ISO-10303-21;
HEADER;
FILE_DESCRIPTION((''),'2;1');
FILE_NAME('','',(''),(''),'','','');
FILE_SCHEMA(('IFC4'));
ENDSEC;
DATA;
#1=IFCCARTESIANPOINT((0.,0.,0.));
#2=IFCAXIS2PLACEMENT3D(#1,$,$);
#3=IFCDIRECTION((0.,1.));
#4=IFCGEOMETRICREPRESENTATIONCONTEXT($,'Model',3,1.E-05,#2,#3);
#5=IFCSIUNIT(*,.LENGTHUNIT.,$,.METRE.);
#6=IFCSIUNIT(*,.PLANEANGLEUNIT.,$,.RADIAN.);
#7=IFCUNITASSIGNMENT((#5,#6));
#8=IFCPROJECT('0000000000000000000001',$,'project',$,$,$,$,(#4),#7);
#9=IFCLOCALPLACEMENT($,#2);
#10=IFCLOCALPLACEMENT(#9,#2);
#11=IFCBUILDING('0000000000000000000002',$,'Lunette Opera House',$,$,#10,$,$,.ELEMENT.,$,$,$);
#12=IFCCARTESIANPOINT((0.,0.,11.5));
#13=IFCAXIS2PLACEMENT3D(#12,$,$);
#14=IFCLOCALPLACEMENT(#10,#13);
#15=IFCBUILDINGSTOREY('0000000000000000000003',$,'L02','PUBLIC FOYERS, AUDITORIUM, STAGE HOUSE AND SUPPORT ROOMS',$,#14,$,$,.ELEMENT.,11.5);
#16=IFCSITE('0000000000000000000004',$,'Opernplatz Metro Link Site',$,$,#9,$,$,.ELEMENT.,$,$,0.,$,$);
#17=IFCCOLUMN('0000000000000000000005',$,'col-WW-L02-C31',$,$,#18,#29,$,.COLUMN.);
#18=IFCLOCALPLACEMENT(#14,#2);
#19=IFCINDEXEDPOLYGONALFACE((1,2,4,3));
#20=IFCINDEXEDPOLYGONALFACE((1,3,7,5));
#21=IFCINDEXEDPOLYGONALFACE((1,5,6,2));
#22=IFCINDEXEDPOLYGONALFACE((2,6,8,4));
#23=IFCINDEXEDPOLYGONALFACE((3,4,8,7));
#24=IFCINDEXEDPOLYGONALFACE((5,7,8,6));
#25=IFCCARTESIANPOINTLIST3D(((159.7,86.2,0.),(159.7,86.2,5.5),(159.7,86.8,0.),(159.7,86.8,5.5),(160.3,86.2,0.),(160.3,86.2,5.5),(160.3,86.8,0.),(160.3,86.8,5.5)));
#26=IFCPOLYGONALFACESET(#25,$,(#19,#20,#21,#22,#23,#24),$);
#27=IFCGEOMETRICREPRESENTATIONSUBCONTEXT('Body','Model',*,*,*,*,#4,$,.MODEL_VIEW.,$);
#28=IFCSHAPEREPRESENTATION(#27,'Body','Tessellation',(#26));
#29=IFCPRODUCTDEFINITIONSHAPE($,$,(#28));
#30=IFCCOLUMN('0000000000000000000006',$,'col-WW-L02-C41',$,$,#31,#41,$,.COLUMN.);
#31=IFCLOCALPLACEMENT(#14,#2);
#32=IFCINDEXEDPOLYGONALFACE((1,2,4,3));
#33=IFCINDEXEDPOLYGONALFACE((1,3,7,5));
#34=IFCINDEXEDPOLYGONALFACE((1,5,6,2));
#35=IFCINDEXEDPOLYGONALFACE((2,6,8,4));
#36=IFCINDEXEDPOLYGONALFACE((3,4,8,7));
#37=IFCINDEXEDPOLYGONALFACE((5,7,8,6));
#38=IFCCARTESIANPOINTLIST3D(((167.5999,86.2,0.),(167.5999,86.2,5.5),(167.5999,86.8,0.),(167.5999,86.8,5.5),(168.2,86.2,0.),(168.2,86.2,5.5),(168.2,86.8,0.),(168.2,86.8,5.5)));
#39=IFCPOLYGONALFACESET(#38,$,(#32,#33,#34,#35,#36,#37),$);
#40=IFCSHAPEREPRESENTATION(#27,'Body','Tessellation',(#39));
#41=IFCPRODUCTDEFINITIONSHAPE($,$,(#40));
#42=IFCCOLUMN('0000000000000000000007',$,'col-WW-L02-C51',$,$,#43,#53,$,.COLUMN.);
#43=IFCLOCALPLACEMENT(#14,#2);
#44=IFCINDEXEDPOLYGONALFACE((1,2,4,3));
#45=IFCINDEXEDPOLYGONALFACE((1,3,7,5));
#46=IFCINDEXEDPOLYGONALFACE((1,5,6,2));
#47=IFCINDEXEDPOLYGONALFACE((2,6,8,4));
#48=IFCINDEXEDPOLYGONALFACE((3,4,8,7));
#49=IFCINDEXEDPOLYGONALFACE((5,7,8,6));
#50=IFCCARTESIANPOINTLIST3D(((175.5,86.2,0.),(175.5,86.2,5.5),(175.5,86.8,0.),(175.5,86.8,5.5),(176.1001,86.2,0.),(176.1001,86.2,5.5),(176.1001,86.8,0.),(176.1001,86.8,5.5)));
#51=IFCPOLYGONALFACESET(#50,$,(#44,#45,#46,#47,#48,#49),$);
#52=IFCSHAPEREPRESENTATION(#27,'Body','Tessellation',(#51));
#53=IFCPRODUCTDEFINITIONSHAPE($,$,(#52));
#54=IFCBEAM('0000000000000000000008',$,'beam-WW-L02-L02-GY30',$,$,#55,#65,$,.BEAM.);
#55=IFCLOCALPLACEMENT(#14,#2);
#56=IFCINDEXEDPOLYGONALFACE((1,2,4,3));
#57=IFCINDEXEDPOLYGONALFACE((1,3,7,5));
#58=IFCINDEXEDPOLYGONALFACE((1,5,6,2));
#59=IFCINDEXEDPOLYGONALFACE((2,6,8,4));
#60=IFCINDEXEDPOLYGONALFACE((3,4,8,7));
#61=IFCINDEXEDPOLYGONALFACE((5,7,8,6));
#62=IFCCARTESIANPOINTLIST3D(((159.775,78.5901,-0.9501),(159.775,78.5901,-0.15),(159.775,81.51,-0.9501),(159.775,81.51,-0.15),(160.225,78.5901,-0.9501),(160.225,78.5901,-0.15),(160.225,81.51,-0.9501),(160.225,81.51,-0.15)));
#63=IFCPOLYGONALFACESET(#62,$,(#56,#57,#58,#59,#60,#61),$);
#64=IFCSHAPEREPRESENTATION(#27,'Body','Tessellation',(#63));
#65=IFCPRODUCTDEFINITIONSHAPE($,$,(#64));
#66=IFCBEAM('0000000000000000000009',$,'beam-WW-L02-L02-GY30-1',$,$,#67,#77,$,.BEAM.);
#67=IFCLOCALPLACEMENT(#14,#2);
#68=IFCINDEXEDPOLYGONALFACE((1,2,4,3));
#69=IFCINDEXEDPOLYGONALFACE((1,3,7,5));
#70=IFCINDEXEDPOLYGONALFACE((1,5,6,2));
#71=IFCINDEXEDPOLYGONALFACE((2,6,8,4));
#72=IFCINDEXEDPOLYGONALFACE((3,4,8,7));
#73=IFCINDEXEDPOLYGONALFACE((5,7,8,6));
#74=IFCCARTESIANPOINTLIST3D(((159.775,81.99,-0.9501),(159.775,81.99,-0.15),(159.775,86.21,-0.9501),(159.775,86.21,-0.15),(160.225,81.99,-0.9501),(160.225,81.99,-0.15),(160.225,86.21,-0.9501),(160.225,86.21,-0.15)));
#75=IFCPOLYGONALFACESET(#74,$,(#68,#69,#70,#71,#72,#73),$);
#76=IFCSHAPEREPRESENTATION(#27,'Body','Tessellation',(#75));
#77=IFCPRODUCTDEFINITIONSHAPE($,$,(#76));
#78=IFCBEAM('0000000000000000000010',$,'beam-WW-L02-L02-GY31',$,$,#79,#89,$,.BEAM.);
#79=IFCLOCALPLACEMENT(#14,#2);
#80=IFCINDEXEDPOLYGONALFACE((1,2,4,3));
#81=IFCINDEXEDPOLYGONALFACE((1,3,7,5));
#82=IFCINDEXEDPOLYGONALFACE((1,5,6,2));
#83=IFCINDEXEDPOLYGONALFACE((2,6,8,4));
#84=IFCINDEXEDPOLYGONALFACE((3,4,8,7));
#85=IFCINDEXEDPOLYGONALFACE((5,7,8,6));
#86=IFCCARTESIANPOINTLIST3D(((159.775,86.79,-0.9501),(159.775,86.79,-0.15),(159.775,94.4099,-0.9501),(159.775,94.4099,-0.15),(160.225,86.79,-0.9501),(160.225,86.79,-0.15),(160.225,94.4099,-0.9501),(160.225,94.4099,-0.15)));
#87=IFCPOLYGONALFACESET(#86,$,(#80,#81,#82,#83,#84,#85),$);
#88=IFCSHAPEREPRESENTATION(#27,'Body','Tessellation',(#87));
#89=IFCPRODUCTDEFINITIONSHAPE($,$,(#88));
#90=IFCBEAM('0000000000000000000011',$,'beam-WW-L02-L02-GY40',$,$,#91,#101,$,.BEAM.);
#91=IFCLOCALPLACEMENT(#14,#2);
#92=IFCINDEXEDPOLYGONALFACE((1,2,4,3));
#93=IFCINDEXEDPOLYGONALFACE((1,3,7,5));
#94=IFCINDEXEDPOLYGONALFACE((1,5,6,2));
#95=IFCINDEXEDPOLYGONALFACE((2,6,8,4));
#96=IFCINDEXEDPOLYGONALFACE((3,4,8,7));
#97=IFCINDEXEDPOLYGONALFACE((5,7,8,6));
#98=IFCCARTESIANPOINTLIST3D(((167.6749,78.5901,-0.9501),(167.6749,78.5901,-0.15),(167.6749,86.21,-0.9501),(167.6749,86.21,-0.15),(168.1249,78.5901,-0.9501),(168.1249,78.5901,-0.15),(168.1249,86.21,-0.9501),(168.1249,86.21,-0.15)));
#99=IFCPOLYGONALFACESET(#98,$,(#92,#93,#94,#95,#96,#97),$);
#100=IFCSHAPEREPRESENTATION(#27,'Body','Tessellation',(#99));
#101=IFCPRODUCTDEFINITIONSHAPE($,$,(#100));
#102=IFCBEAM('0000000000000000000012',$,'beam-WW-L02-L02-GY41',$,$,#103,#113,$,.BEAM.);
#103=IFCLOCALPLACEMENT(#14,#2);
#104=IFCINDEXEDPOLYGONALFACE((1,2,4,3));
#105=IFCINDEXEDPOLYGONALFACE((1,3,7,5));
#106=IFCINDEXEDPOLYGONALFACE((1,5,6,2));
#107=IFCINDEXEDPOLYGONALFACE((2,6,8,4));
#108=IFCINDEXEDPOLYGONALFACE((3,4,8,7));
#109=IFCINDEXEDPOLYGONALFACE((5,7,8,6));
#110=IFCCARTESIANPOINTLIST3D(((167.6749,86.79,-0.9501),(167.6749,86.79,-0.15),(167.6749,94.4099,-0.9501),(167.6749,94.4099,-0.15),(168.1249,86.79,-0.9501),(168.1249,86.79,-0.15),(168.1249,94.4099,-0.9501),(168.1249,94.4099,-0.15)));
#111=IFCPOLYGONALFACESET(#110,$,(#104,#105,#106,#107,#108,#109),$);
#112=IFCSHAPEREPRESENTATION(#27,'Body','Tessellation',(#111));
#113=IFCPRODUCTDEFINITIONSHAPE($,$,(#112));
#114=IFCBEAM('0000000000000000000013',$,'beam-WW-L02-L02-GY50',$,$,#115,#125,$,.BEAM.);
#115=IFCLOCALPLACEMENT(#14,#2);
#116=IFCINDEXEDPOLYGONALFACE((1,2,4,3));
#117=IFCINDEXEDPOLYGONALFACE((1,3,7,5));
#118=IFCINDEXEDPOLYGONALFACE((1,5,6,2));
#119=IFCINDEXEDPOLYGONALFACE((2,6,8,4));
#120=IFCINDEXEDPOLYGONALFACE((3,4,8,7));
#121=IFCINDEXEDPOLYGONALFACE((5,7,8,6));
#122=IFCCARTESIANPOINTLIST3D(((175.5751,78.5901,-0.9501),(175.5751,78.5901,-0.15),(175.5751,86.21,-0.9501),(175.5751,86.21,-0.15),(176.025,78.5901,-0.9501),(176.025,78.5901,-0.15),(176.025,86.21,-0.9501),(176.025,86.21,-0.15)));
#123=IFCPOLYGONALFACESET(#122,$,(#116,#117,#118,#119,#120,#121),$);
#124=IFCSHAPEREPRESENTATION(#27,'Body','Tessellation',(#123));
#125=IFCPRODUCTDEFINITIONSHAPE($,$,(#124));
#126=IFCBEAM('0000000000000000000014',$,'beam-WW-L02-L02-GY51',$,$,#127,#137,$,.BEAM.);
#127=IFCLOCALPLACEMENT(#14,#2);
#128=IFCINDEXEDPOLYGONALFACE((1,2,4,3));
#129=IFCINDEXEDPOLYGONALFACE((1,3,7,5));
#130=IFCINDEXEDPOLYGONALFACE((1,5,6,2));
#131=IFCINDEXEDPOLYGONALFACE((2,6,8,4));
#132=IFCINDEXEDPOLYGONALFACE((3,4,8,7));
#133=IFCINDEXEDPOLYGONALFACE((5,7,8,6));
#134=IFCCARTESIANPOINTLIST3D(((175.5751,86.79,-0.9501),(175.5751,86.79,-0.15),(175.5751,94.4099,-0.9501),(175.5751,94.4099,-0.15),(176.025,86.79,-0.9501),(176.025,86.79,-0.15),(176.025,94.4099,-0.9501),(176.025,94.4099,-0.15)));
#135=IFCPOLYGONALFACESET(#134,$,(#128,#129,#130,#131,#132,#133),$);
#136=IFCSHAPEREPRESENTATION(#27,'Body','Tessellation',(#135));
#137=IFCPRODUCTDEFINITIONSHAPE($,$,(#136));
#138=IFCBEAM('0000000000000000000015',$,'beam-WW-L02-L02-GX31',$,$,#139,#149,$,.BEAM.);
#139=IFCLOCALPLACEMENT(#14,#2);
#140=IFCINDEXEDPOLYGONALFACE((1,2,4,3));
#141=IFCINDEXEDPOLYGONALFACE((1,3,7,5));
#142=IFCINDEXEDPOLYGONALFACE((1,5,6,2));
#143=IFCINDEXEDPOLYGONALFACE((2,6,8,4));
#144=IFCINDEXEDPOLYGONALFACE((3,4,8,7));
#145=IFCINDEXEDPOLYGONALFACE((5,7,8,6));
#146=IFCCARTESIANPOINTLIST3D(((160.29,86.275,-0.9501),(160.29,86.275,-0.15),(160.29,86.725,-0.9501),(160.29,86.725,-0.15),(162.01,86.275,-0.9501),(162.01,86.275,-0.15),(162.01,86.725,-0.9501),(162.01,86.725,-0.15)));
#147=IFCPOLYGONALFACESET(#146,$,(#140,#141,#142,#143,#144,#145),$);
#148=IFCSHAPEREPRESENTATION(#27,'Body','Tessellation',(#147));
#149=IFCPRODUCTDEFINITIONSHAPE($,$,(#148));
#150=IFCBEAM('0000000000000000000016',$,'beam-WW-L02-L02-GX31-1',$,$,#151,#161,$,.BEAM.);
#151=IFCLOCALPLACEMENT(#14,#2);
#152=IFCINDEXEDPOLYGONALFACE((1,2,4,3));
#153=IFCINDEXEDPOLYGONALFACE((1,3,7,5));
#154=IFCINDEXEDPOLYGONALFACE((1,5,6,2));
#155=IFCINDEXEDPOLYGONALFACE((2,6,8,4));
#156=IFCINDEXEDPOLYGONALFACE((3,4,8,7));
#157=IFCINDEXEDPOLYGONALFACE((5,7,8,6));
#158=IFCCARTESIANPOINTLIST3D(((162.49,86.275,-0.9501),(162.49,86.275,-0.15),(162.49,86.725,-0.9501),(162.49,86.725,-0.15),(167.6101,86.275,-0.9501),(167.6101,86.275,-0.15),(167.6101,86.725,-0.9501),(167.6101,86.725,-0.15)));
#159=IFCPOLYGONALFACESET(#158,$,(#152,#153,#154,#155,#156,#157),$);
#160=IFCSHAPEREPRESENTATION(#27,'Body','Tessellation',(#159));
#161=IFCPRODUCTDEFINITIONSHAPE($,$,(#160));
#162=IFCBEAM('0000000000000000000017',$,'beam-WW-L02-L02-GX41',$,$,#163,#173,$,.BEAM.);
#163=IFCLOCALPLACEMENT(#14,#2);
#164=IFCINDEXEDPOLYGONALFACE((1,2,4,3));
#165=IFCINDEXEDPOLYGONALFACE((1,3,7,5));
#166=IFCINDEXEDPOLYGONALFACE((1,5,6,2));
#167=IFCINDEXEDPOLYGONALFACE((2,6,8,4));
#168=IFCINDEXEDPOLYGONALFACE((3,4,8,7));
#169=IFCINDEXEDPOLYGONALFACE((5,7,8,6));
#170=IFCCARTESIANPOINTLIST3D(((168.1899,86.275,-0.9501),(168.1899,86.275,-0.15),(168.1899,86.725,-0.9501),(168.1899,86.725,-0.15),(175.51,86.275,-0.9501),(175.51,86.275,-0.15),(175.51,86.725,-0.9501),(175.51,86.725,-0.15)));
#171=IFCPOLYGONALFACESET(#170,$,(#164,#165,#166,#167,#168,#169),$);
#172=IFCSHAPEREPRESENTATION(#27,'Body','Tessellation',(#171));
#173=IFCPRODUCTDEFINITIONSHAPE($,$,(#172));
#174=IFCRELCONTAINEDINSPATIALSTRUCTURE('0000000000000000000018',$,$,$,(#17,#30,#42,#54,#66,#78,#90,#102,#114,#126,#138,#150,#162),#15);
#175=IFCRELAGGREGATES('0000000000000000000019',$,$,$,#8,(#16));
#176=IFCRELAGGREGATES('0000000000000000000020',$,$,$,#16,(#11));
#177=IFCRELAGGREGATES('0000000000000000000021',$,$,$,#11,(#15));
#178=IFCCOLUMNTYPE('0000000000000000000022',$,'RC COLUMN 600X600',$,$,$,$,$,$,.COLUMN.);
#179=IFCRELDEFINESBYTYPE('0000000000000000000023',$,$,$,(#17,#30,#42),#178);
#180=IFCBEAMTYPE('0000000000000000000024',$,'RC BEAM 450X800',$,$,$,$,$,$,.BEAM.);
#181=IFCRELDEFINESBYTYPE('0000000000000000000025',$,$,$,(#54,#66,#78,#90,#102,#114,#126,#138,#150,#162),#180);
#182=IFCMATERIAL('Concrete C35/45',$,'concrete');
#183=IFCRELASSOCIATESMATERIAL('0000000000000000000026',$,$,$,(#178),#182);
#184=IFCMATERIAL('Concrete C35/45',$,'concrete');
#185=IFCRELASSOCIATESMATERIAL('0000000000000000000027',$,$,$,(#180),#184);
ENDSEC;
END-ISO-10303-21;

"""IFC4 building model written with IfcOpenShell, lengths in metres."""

from ifc_helpers import new_model, si_unit, direction, frame, origin, origin_2d, place, context, subcontext, project, spatial, rectangle, extrude, material, material_profile, profile_set, type_object, element, save


model = new_model("IFC4")

# Units and contexts
model_context = context("Model", 3, precision=1e-05, world=origin(), true_north=direction((0.0, 1.0)))
body_context = subcontext(model_context, "Body", "Model", "MODEL_VIEW")
ifc_project = project(units=[si_unit("LENGTHUNIT", "METRE"), si_unit("PLANEANGLEUNIT", "RADIAN")], contexts=[model_context])

# Site, building, storey
site_placement = place(None, origin())
site = spatial("IfcSite", under=ifc_project, at=site_placement, Name="Opernplatz Metro Link Site", CompositionType="ELEMENT", RefElevation=0.0)
building_placement = place(site_placement, origin())
building = spatial("IfcBuilding", under=site, at=building_placement, Name="Lunette Opera House", CompositionType="ELEMENT")
storey_placement = place(building_placement, frame((0.0, 0.0, 11.5)))
storey = spatial("IfcBuildingStorey", under=building, at=storey_placement, Name="L02", Description="PUBLIC FOYERS, AUDITORIUM, STAGE HOUSE AND SUPPORT ROOMS", CompositionType="ELEMENT", Elevation=11.5)

# Columns
ifc_material_1 = material(Name="Concrete C35/45", Category="concrete")
ifc_material_profile_1 = material_profile(ifc_material_1, rectangle(XDim=0.6001, YDim=0.6001, at=origin_2d()), Name="RC COLUMN 600X600")
ifc_profile_set_1 = profile_set([ifc_material_profile_1], Name="Concrete C35/45")
column_type = type_object("IfcColumnType", Name="RC COLUMN 600X600", PredefinedType="COLUMN", material=ifc_profile_set_1)
for number, where, z_axis, x_axis, name in (
    (1, (160.0, 86.5, 0.0), (0.0, 0.0, 1.0), (1.0, 0.0, 0.0), "col-WW-L02-C31"),
    (2, (167.8999, 86.5, 0.0), (0.0, 0.0, 1.0), (1.0, 0.0, 0.0), "col-WW-L02-C41"),
    (3, (175.8, 86.5, 0.0), (0.0, 0.0, 1.0), (1.0, 0.0, 0.0), "col-WW-L02-C51"),
):
    element("IfcColumn", number, at=place(storey_placement, frame(where, z_axis=z_axis, x_axis=x_axis)), inside=storey, type_object=column_type, Name=name, PredefinedType="COLUMN", context=body_context, shape_type="SweptSolid", body=[
        extrude(rectangle(XDim=0.6001, YDim=0.6001, at=origin_2d()), origin(), (0.0, 0.0, 1.0), 5.5),
    ])

# Beams
ifc_material_2 = material(Name="Concrete C35/45", Category="concrete")
ifc_material_profile_2 = material_profile(ifc_material_2, rectangle(XDim=0.45, YDim=0.8, at=origin_2d()), Name="RC BEAM 450X800")
ifc_profile_set_2 = profile_set([ifc_material_profile_2], Name="Concrete C35/45")
beam_type_1 = type_object("IfcBeamType", Name="RC BEAM 450X800", PredefinedType="BEAM", material=ifc_profile_set_2)
beam_1_placement = place(storey_placement, frame((160.0, 78.5901, -0.55), z_axis=(0.0, 1.0, 0.0), x_axis=(-1.0, 0.0, 0.0)))
element("IfcBeam", 4, at=beam_1_placement, inside=storey, type_object=beam_type_1, Name="beam-WW-L02-L02-GY30", PredefinedType="BEAM", context=body_context, shape_type="SweptSolid", body=[
    extrude(rectangle(XDim=0.45, YDim=0.8, at=origin_2d()), origin(), (0.0, 0.0, 1.0), 2.9199),
])
beam_2_placement = place(storey_placement, frame((160.0, 81.99, -0.55), z_axis=(0.0, 1.0, 0.0), x_axis=(-1.0, 0.0, 0.0)))
element("IfcBeam", 5, at=beam_2_placement, inside=storey, type_object=beam_type_1, Name="beam-WW-L02-L02-GY30-1", PredefinedType="BEAM", context=body_context, shape_type="SweptSolid", body=[
    extrude(rectangle(XDim=0.45, YDim=0.8, at=origin_2d()), origin(), (0.0, 0.0, 1.0), 4.22),
])
for number, where, z_axis, x_axis, name in (
    (6, (160.0, 86.79, -0.55), (0.0, 1.0, 0.0), (-1.0, 0.0, 0.0), "beam-WW-L02-L02-GY31"),
    (7, (167.8999, 78.5901, -0.55), (0.0, 1.0, 0.0), (-1.0, 0.0, 0.0), "beam-WW-L02-L02-GY40"),
    (8, (167.8999, 86.79, -0.55), (0.0, 1.0, 0.0), (-1.0, 0.0, 0.0), "beam-WW-L02-L02-GY41"),
    (9, (175.8, 78.5901, -0.55), (0.0, 1.0, 0.0), (-1.0, 0.0, 0.0), "beam-WW-L02-L02-GY50"),
    (10, (175.8, 86.79, -0.55), (0.0, 1.0, 0.0), (-1.0, 0.0, 0.0), "beam-WW-L02-L02-GY51"),
):
    element("IfcBeam", number, at=place(storey_placement, frame(where, z_axis=z_axis, x_axis=x_axis)), inside=storey, type_object=beam_type_1, Name=name, PredefinedType="BEAM", context=body_context, shape_type="SweptSolid", body=[
        extrude(rectangle(XDim=0.45, YDim=0.8, at=origin_2d()), origin(), (0.0, 0.0, 1.0), 7.6199),
    ])
beam_3_placement = place(storey_placement, frame((160.29, 86.5, -0.55), z_axis=(1.0, 0.0, 0.0), x_axis=(0.0, 1.0, 0.0)))
element("IfcBeam", 11, at=beam_3_placement, inside=storey, type_object=beam_type_1, Name="beam-WW-L02-L02-GX31", PredefinedType="BEAM", context=body_context, shape_type="SweptSolid", body=[
    extrude(rectangle(XDim=0.45, YDim=0.8, at=origin_2d()), origin(), (0.0, 0.0, 1.0), 1.72),
])
beam_4_placement = place(storey_placement, frame((162.49, 86.5, -0.55), z_axis=(1.0, 0.0, 0.0), x_axis=(0.0, 1.0, 0.0)))
element("IfcBeam", 12, at=beam_4_placement, inside=storey, type_object=beam_type_1, Name="beam-WW-L02-L02-GX31-1", PredefinedType="BEAM", context=body_context, shape_type="SweptSolid", body=[
    extrude(rectangle(XDim=0.45, YDim=0.8, at=origin_2d()), origin(), (0.0, 0.0, 1.0), 5.1201),
])
beam_5_placement = place(storey_placement, frame((168.1899, 86.5, -0.55), z_axis=(1.0, 0.0, 0.0), x_axis=(0.0, 1.0, 0.0)))
element("IfcBeam", 13, at=beam_5_placement, inside=storey, type_object=beam_type_1, Name="beam-WW-L02-L02-GX41", PredefinedType="BEAM", context=body_context, shape_type="SweptSolid", body=[
    extrude(rectangle(XDim=0.45, YDim=0.8, at=origin_2d()), origin(), (0.0, 0.0, 1.0), 7.3201),
])

save(model, "model.ifc")
